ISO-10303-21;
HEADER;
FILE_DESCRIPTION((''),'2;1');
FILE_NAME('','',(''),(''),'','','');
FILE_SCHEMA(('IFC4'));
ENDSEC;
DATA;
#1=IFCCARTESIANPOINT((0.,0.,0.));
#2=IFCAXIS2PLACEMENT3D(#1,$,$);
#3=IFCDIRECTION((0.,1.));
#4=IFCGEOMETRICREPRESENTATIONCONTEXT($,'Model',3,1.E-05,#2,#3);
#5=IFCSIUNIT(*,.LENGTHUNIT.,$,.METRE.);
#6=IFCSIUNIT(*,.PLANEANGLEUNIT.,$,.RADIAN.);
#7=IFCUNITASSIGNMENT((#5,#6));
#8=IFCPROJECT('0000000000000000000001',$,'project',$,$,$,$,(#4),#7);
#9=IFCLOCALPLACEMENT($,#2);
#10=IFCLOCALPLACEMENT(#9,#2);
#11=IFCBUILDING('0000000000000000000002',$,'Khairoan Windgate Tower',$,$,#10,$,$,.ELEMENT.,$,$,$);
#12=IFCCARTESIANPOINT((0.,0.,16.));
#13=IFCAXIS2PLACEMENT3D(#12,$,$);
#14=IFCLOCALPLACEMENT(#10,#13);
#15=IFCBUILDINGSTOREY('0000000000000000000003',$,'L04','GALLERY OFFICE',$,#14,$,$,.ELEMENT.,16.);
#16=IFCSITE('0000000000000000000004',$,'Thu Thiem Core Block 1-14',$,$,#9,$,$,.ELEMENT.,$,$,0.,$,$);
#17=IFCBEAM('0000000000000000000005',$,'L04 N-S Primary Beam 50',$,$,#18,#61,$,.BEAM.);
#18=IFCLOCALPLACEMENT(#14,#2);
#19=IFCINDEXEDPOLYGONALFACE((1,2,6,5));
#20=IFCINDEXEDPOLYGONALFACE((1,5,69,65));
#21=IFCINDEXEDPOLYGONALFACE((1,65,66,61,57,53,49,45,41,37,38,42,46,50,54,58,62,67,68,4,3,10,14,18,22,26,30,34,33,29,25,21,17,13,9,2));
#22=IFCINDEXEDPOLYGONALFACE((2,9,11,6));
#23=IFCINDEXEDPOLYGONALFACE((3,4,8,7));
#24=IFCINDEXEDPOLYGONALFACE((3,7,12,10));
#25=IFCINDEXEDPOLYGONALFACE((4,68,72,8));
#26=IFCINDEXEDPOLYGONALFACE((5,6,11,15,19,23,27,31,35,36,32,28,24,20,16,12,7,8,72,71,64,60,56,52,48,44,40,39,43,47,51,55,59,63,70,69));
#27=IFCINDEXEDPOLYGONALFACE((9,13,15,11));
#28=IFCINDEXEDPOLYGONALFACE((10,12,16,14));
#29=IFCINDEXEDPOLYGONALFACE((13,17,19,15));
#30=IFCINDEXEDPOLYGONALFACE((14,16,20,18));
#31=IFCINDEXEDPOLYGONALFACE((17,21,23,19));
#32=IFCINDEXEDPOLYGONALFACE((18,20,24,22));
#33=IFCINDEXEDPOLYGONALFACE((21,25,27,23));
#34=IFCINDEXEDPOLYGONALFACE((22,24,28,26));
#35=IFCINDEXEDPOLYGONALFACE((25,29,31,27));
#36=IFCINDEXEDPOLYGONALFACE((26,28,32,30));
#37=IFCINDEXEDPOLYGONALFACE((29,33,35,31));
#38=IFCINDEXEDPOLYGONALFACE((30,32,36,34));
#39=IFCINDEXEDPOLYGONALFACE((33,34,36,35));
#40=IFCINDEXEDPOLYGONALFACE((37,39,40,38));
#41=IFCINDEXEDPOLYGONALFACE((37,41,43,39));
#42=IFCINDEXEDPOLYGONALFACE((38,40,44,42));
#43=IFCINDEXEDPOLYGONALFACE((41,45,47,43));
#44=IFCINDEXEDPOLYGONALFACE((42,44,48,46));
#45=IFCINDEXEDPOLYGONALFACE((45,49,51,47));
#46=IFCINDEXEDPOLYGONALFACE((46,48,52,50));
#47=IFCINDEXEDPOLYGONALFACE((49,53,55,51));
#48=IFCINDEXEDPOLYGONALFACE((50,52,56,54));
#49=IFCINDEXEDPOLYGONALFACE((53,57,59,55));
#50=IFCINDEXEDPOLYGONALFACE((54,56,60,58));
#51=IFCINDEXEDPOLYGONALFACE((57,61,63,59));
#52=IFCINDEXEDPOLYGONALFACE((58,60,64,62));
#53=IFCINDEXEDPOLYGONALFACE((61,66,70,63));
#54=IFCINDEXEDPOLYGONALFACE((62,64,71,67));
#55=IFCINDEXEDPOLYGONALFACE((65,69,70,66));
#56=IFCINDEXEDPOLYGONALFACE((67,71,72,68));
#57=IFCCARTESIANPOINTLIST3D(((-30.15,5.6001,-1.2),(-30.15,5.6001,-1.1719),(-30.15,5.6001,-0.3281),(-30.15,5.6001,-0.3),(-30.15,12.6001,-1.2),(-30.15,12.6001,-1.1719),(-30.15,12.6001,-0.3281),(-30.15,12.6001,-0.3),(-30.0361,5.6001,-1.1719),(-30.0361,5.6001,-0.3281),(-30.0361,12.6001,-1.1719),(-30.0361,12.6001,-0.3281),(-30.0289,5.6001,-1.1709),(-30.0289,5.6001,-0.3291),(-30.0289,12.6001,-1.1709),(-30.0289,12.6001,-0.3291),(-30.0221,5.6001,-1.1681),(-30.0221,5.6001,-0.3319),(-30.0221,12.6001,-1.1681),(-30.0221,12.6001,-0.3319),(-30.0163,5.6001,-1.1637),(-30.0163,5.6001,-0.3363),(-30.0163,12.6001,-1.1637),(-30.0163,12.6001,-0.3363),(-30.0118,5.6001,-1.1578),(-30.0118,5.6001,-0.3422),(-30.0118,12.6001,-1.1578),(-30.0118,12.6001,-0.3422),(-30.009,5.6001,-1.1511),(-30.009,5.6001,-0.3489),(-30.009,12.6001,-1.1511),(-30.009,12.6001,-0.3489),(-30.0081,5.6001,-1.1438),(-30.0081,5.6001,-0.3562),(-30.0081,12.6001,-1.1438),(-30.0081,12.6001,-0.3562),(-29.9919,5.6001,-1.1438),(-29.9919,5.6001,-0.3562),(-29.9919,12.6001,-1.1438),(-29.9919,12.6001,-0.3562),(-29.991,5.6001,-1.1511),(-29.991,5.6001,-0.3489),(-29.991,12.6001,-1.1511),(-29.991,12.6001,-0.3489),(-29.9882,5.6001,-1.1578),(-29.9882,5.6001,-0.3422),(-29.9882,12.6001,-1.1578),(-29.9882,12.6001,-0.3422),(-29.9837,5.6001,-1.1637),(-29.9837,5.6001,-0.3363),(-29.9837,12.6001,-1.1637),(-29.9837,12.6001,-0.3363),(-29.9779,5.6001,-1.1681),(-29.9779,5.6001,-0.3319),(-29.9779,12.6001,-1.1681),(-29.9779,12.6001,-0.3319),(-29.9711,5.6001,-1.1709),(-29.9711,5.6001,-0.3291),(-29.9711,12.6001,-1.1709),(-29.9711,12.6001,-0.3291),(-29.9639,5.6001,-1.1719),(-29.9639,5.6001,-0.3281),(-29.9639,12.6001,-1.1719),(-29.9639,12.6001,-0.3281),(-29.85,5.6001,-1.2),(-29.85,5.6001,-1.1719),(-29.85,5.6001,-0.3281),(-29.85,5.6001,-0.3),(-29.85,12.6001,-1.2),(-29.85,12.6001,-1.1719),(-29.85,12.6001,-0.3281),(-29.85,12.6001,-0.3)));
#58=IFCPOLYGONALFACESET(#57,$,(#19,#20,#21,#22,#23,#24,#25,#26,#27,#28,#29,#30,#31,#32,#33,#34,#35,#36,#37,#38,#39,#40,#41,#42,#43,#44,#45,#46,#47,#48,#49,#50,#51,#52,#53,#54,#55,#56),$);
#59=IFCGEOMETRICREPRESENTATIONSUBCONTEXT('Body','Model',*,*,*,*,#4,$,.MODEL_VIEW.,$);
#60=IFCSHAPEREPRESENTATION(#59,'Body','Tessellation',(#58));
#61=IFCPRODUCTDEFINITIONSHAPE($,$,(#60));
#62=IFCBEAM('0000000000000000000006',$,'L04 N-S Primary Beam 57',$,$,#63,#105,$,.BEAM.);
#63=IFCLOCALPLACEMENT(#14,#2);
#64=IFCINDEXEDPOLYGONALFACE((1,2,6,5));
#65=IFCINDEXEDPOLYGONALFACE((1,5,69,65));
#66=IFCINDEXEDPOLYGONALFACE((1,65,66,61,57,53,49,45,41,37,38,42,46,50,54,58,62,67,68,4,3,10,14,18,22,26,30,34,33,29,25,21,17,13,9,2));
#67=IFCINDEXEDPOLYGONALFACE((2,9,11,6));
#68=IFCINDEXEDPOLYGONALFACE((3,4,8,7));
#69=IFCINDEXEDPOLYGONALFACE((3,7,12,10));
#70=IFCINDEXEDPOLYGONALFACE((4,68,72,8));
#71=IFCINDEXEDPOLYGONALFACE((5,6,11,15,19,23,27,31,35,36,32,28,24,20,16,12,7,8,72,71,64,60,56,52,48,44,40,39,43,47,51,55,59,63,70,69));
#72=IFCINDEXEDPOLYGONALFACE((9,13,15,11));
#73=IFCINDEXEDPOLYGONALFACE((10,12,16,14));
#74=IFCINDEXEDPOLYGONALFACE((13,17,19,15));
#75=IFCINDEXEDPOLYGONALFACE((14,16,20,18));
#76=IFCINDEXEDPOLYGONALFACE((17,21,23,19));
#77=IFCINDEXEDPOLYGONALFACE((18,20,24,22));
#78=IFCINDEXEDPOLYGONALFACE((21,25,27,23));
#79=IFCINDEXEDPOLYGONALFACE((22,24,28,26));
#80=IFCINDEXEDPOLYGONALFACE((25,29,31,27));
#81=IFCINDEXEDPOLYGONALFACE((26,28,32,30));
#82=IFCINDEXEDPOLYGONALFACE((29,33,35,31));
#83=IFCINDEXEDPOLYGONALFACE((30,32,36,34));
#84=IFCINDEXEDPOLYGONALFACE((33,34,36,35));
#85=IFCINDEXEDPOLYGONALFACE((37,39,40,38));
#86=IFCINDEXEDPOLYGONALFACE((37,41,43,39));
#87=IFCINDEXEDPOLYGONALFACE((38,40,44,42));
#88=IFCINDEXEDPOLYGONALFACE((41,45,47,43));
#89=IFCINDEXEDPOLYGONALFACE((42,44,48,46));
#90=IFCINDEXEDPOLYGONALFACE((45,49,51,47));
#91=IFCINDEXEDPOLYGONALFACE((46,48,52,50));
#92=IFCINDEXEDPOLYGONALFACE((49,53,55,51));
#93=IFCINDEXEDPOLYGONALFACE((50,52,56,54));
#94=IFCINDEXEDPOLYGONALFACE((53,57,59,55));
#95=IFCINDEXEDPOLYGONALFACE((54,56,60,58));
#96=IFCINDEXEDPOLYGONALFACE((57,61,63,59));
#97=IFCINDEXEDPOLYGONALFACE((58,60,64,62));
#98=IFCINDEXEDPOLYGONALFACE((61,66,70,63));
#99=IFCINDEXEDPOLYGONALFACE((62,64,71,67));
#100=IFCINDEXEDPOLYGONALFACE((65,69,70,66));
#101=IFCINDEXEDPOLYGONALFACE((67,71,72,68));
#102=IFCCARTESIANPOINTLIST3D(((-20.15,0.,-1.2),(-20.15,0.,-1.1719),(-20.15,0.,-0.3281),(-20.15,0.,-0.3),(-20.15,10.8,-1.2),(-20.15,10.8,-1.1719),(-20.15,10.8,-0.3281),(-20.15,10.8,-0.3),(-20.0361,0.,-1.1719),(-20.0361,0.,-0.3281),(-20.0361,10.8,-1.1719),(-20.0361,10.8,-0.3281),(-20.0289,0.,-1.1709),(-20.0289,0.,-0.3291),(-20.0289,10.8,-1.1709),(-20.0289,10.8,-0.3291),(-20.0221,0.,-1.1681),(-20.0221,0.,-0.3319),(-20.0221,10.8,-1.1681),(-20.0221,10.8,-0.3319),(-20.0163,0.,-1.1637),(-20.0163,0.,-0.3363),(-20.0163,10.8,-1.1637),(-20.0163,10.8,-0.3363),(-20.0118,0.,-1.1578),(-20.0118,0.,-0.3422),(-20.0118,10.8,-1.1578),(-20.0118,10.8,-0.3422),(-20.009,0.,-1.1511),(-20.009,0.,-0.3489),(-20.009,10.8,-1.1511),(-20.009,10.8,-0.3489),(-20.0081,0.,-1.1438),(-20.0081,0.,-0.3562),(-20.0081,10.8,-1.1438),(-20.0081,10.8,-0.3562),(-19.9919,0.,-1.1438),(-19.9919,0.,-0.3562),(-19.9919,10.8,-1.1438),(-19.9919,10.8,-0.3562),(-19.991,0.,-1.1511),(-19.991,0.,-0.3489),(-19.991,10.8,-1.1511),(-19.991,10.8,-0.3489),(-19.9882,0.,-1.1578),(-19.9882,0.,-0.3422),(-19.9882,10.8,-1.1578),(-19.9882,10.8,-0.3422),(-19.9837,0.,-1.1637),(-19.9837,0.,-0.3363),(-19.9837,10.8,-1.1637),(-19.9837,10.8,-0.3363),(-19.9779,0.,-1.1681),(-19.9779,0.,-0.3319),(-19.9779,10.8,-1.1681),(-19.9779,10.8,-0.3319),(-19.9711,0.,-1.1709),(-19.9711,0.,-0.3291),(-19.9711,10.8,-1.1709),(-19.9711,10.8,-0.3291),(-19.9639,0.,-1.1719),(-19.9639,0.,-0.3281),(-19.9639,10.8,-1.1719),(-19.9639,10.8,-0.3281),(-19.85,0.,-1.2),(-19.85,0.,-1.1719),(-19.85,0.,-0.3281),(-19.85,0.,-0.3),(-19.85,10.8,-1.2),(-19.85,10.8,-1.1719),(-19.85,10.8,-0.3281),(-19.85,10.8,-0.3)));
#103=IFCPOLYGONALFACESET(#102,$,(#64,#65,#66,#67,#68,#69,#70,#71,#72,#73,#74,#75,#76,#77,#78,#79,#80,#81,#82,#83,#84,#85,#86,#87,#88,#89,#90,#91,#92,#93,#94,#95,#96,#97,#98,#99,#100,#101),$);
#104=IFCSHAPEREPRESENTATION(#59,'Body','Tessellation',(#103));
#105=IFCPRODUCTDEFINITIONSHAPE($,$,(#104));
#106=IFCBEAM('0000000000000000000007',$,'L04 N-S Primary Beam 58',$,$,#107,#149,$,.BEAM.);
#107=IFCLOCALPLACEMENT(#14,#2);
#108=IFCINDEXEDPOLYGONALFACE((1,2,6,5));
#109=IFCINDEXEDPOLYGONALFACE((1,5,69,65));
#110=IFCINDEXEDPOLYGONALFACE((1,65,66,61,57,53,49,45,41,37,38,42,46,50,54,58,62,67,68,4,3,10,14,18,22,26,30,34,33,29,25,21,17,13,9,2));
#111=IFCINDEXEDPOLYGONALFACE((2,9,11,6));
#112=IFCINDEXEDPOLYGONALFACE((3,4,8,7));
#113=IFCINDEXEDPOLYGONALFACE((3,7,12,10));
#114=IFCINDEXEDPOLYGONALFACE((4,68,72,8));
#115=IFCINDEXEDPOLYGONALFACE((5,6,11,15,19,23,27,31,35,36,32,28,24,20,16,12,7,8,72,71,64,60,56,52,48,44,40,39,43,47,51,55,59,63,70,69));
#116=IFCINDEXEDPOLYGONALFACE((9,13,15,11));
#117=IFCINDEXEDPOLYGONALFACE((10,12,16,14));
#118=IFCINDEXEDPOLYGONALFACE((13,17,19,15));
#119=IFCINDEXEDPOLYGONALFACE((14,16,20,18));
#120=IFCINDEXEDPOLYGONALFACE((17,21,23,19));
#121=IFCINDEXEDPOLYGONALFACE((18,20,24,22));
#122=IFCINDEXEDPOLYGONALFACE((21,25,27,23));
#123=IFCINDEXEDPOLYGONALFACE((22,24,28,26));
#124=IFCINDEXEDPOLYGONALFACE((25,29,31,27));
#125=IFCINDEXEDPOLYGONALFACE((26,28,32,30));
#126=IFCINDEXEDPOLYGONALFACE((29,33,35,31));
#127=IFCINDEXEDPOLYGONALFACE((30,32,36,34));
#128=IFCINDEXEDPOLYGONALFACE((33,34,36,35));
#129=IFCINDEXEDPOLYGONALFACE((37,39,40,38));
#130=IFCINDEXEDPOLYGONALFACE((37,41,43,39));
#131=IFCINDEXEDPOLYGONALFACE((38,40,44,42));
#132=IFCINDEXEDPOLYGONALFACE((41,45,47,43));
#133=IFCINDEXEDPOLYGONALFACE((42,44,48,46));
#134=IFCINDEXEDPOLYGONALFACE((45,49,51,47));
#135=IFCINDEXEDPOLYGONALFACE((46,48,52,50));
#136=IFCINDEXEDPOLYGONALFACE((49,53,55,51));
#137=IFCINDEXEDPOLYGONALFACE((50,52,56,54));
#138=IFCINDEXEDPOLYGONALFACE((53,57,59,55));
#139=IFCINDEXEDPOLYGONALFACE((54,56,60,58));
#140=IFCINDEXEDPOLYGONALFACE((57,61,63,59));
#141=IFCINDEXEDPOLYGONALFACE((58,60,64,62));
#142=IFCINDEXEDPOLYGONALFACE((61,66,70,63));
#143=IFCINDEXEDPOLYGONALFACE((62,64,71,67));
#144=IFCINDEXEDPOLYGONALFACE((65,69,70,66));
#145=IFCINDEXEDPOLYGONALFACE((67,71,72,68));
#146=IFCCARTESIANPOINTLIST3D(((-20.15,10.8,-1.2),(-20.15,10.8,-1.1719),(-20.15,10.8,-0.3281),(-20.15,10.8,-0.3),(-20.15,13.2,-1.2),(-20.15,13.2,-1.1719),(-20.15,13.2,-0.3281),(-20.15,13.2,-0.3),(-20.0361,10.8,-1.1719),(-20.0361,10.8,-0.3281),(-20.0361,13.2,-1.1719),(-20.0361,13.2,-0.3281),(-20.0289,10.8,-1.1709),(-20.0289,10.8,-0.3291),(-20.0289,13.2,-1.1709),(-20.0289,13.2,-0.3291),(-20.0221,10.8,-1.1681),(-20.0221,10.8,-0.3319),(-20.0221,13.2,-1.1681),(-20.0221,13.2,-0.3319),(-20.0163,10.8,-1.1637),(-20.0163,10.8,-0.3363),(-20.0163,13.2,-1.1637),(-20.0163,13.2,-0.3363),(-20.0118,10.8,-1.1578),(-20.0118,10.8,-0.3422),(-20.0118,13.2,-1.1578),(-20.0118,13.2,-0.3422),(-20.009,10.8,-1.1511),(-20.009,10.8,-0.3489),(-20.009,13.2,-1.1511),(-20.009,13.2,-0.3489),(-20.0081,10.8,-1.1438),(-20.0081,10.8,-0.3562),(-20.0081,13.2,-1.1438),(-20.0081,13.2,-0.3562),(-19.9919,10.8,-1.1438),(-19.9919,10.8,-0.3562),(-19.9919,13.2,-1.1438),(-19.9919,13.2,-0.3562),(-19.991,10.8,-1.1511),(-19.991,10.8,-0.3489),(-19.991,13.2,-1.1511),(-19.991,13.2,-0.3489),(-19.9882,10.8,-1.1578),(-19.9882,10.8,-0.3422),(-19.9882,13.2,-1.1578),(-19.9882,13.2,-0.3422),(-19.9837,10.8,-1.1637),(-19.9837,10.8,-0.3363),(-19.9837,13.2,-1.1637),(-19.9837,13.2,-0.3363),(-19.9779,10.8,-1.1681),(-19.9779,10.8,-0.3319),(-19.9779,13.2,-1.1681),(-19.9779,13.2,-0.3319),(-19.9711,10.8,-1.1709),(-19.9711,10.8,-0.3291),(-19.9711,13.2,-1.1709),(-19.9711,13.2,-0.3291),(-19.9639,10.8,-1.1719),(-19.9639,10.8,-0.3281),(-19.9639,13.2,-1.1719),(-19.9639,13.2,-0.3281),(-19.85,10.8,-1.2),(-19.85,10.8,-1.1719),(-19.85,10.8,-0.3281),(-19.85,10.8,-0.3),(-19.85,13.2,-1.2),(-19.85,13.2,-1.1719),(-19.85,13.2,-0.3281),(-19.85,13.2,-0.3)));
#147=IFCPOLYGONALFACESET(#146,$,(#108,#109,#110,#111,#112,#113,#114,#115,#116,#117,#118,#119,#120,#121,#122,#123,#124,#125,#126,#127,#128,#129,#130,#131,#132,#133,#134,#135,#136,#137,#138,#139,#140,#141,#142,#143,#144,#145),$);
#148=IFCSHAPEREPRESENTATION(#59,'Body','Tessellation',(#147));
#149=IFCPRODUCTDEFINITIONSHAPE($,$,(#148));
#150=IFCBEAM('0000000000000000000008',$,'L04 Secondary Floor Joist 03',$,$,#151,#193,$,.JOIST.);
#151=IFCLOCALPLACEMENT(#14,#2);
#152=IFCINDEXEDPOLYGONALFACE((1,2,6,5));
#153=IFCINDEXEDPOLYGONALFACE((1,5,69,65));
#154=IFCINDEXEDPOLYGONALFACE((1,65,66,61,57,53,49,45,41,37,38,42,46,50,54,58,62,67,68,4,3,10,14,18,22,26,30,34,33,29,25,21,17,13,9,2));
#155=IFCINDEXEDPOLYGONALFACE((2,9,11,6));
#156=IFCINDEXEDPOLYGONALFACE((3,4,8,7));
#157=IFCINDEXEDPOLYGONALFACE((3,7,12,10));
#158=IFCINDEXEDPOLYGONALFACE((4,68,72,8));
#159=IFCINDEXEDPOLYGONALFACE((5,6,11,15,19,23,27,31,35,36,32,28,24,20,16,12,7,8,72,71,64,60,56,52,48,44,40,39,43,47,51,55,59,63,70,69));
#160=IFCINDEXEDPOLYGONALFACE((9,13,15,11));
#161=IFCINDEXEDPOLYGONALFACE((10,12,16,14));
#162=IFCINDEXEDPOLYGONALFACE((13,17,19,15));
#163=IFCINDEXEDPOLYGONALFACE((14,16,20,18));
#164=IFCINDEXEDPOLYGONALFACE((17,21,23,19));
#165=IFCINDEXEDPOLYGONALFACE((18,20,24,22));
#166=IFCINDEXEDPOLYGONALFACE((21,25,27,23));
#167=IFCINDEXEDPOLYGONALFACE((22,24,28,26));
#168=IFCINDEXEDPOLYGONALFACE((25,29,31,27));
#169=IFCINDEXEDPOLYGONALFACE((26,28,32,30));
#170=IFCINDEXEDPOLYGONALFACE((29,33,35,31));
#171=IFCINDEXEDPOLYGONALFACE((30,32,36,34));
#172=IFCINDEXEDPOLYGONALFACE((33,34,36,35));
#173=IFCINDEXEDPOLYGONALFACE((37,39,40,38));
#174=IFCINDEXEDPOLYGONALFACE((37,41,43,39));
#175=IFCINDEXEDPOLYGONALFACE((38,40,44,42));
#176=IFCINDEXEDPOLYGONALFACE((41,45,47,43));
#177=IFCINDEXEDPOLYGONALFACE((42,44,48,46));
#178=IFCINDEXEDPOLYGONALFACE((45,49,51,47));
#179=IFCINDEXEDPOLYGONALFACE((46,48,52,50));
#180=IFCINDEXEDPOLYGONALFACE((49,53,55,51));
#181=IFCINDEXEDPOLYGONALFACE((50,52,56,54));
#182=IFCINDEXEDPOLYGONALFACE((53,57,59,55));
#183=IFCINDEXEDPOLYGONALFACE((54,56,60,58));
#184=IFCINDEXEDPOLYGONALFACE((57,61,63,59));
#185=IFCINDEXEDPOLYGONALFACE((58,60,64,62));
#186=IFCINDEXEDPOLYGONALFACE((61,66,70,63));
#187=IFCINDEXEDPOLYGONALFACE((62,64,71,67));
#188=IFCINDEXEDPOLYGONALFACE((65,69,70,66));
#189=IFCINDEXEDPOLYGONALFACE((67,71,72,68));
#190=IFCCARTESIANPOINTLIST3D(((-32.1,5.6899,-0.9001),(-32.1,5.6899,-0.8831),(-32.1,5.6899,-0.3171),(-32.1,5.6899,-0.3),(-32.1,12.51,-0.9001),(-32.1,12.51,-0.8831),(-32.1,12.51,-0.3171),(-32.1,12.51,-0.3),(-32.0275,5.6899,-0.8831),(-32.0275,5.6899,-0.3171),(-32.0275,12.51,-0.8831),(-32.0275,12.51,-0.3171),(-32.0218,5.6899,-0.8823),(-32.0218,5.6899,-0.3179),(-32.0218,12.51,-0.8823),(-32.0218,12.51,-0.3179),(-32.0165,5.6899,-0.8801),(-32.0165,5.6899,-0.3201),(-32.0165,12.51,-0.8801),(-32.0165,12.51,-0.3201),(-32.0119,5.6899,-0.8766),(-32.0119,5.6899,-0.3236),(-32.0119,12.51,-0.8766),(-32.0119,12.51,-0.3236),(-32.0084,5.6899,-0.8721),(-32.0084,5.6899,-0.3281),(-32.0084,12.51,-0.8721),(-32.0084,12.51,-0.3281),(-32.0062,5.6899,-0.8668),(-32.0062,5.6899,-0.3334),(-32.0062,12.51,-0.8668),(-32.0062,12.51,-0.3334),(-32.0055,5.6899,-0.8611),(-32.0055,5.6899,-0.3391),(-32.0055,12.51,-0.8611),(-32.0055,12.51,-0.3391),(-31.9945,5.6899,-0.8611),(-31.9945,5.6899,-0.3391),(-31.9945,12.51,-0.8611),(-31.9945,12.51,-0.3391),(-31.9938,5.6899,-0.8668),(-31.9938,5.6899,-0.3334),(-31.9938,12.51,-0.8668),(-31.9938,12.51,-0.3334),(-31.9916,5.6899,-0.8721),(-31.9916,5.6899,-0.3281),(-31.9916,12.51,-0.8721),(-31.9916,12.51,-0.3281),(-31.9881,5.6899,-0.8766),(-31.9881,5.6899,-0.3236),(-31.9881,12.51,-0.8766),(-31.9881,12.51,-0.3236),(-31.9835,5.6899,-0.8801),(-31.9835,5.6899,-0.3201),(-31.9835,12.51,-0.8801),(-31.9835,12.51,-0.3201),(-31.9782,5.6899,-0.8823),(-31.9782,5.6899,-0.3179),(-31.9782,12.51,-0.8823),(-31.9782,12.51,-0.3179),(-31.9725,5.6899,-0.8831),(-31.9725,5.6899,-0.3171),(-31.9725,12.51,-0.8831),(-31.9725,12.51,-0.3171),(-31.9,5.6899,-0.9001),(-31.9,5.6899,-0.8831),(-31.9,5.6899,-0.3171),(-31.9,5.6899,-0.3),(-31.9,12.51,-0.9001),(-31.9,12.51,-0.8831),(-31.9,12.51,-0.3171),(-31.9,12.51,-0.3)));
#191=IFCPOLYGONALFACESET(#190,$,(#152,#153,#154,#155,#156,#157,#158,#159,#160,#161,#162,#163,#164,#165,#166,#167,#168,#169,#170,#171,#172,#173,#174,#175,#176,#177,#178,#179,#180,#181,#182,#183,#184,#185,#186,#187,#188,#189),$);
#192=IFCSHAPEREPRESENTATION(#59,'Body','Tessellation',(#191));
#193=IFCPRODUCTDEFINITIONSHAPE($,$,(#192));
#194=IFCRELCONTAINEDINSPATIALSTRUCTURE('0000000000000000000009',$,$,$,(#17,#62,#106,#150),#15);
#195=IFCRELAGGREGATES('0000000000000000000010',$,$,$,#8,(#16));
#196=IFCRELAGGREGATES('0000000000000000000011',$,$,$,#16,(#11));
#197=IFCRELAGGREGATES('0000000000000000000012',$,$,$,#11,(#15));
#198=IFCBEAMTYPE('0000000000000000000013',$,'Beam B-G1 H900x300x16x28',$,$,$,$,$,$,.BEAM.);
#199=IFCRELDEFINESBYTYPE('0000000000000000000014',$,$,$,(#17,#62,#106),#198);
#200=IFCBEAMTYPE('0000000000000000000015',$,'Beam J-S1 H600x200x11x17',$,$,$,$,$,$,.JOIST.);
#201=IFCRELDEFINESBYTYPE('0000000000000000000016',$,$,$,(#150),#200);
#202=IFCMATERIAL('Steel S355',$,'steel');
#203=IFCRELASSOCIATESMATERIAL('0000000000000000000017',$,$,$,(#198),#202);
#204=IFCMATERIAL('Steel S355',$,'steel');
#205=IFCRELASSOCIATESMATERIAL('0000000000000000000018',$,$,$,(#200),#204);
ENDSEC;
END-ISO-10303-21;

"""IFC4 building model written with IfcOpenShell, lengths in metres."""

from ifc_helpers import new_model, si_unit, direction, frame, origin, origin_2d, place, context, subcontext, project, spatial, i_section, extrude, material, material_profile, profile_set, type_object, element, save


model = new_model("IFC4")

# Units and contexts
model_context = context("Model", 3, precision=1e-05, world=origin(), true_north=direction((0.0, 1.0)))
body_context = subcontext(model_context, "Body", "Model", "MODEL_VIEW")
ifc_project = project(units=[si_unit("LENGTHUNIT", "METRE"), si_unit("PLANEANGLEUNIT", "RADIAN")], contexts=[model_context])

# Site, building, storey
site_placement = place(None, origin())
site = spatial("IfcSite", under=ifc_project, at=site_placement, Name="Thu Thiem Core Block 1-14", CompositionType="ELEMENT", RefElevation=0.0)
building_placement = place(site_placement, origin())
building = spatial("IfcBuilding", under=site, at=building_placement, Name="Khairoan Windgate Tower", CompositionType="ELEMENT")
storey_placement = place(building_placement, frame((0.0, 0.0, 16.0)))
storey = spatial("IfcBuildingStorey", under=building, at=storey_placement, Name="L04", Description="GALLERY OFFICE", CompositionType="ELEMENT", Elevation=16.0)

# Beams
ifc_material_1 = material(Name="Steel S355", Category="steel")
ifc_material_profile_1 = material_profile(ifc_material_1, i_section(OverallWidth=0.3, OverallDepth=0.8999, WebThickness=0.0161, FlangeThickness=0.0281, FilletRadius=0.0281, at=origin_2d()))
ifc_profile_set_1 = profile_set([ifc_material_profile_1], Name="Steel S355")
beam_type_1 = type_object("IfcBeamType", Name="Beam B-G1 H900x300x16x28", PredefinedType="BEAM", material=ifc_profile_set_1)
beam_1_placement = place(storey_placement, frame((-30.0, 5.6001, -0.75), z_axis=(0.0, 1.0, 0.0), x_axis=(-1.0, 0.0, 0.0)))
element("IfcBeam", 1, at=beam_1_placement, inside=storey, type_object=beam_type_1, Name="L04 N-S Primary Beam 50", PredefinedType="BEAM", context=body_context, shape_type="SweptSolid", body=[
    extrude(i_section(OverallWidth=0.3, OverallDepth=0.8999, WebThickness=0.0161, FlangeThickness=0.0281, FilletRadius=0.0281, at=origin_2d()), origin(), (0.0, 0.0, 1.0), 7.0),
])
beam_2_placement = place(storey_placement, frame((-20.0, 0.0, -0.75), z_axis=(0.0, 1.0, 0.0), x_axis=(-1.0, 0.0, 0.0)))
element("IfcBeam", 2, at=beam_2_placement, inside=storey, type_object=beam_type_1, Name="L04 N-S Primary Beam 57", PredefinedType="BEAM", context=body_context, shape_type="SweptSolid", body=[
    extrude(i_section(OverallWidth=0.3, OverallDepth=0.8999, WebThickness=0.0161, FlangeThickness=0.0281, FilletRadius=0.0281, at=origin_2d()), origin(), (0.0, 0.0, 1.0), 10.8),
])
beam_3_placement = place(storey_placement, frame((-20.0, 10.8, -0.75), z_axis=(0.0, 1.0, 0.0), x_axis=(-1.0, 0.0, 0.0)))
element("IfcBeam", 3, at=beam_3_placement, inside=storey, type_object=beam_type_1, Name="L04 N-S Primary Beam 58", PredefinedType="BEAM", context=body_context, shape_type="SweptSolid", body=[
    extrude(i_section(OverallWidth=0.3, OverallDepth=0.8999, WebThickness=0.0161, FlangeThickness=0.0281, FilletRadius=0.0281, at=origin_2d()), origin(), (0.0, 0.0, 1.0), 2.3999),
])
ifc_material_2 = material(Name="Steel S355", Category="steel")
ifc_material_profile_2 = material_profile(ifc_material_2, i_section(OverallWidth=0.2, OverallDepth=0.6001, WebThickness=0.011, FlangeThickness=0.0171, FilletRadius=0.022, at=origin_2d()))
ifc_profile_set_2 = profile_set([ifc_material_profile_2], Name="Steel S355")
beam_type_2 = type_object("IfcBeamType", Name="Beam J-S1 H600x200x11x17", PredefinedType="JOIST", material=ifc_profile_set_2)
beam_4_placement = place(storey_placement, frame((-32.0, 5.6899, -0.6001), z_axis=(0.0, 1.0, 0.0), x_axis=(-1.0, 0.0, 0.0)))
element("IfcBeam", 4, at=beam_4_placement, inside=storey, type_object=beam_type_2, Name="L04 Secondary Floor Joist 03", PredefinedType="JOIST", context=body_context, shape_type="SweptSolid", body=[
    extrude(i_section(OverallWidth=0.2, OverallDepth=0.6001, WebThickness=0.011, FlangeThickness=0.0171, FilletRadius=0.022, at=origin_2d()), origin(), (0.0, 0.0, 1.0), 6.8201),
])

save(model, "model.ifc")
